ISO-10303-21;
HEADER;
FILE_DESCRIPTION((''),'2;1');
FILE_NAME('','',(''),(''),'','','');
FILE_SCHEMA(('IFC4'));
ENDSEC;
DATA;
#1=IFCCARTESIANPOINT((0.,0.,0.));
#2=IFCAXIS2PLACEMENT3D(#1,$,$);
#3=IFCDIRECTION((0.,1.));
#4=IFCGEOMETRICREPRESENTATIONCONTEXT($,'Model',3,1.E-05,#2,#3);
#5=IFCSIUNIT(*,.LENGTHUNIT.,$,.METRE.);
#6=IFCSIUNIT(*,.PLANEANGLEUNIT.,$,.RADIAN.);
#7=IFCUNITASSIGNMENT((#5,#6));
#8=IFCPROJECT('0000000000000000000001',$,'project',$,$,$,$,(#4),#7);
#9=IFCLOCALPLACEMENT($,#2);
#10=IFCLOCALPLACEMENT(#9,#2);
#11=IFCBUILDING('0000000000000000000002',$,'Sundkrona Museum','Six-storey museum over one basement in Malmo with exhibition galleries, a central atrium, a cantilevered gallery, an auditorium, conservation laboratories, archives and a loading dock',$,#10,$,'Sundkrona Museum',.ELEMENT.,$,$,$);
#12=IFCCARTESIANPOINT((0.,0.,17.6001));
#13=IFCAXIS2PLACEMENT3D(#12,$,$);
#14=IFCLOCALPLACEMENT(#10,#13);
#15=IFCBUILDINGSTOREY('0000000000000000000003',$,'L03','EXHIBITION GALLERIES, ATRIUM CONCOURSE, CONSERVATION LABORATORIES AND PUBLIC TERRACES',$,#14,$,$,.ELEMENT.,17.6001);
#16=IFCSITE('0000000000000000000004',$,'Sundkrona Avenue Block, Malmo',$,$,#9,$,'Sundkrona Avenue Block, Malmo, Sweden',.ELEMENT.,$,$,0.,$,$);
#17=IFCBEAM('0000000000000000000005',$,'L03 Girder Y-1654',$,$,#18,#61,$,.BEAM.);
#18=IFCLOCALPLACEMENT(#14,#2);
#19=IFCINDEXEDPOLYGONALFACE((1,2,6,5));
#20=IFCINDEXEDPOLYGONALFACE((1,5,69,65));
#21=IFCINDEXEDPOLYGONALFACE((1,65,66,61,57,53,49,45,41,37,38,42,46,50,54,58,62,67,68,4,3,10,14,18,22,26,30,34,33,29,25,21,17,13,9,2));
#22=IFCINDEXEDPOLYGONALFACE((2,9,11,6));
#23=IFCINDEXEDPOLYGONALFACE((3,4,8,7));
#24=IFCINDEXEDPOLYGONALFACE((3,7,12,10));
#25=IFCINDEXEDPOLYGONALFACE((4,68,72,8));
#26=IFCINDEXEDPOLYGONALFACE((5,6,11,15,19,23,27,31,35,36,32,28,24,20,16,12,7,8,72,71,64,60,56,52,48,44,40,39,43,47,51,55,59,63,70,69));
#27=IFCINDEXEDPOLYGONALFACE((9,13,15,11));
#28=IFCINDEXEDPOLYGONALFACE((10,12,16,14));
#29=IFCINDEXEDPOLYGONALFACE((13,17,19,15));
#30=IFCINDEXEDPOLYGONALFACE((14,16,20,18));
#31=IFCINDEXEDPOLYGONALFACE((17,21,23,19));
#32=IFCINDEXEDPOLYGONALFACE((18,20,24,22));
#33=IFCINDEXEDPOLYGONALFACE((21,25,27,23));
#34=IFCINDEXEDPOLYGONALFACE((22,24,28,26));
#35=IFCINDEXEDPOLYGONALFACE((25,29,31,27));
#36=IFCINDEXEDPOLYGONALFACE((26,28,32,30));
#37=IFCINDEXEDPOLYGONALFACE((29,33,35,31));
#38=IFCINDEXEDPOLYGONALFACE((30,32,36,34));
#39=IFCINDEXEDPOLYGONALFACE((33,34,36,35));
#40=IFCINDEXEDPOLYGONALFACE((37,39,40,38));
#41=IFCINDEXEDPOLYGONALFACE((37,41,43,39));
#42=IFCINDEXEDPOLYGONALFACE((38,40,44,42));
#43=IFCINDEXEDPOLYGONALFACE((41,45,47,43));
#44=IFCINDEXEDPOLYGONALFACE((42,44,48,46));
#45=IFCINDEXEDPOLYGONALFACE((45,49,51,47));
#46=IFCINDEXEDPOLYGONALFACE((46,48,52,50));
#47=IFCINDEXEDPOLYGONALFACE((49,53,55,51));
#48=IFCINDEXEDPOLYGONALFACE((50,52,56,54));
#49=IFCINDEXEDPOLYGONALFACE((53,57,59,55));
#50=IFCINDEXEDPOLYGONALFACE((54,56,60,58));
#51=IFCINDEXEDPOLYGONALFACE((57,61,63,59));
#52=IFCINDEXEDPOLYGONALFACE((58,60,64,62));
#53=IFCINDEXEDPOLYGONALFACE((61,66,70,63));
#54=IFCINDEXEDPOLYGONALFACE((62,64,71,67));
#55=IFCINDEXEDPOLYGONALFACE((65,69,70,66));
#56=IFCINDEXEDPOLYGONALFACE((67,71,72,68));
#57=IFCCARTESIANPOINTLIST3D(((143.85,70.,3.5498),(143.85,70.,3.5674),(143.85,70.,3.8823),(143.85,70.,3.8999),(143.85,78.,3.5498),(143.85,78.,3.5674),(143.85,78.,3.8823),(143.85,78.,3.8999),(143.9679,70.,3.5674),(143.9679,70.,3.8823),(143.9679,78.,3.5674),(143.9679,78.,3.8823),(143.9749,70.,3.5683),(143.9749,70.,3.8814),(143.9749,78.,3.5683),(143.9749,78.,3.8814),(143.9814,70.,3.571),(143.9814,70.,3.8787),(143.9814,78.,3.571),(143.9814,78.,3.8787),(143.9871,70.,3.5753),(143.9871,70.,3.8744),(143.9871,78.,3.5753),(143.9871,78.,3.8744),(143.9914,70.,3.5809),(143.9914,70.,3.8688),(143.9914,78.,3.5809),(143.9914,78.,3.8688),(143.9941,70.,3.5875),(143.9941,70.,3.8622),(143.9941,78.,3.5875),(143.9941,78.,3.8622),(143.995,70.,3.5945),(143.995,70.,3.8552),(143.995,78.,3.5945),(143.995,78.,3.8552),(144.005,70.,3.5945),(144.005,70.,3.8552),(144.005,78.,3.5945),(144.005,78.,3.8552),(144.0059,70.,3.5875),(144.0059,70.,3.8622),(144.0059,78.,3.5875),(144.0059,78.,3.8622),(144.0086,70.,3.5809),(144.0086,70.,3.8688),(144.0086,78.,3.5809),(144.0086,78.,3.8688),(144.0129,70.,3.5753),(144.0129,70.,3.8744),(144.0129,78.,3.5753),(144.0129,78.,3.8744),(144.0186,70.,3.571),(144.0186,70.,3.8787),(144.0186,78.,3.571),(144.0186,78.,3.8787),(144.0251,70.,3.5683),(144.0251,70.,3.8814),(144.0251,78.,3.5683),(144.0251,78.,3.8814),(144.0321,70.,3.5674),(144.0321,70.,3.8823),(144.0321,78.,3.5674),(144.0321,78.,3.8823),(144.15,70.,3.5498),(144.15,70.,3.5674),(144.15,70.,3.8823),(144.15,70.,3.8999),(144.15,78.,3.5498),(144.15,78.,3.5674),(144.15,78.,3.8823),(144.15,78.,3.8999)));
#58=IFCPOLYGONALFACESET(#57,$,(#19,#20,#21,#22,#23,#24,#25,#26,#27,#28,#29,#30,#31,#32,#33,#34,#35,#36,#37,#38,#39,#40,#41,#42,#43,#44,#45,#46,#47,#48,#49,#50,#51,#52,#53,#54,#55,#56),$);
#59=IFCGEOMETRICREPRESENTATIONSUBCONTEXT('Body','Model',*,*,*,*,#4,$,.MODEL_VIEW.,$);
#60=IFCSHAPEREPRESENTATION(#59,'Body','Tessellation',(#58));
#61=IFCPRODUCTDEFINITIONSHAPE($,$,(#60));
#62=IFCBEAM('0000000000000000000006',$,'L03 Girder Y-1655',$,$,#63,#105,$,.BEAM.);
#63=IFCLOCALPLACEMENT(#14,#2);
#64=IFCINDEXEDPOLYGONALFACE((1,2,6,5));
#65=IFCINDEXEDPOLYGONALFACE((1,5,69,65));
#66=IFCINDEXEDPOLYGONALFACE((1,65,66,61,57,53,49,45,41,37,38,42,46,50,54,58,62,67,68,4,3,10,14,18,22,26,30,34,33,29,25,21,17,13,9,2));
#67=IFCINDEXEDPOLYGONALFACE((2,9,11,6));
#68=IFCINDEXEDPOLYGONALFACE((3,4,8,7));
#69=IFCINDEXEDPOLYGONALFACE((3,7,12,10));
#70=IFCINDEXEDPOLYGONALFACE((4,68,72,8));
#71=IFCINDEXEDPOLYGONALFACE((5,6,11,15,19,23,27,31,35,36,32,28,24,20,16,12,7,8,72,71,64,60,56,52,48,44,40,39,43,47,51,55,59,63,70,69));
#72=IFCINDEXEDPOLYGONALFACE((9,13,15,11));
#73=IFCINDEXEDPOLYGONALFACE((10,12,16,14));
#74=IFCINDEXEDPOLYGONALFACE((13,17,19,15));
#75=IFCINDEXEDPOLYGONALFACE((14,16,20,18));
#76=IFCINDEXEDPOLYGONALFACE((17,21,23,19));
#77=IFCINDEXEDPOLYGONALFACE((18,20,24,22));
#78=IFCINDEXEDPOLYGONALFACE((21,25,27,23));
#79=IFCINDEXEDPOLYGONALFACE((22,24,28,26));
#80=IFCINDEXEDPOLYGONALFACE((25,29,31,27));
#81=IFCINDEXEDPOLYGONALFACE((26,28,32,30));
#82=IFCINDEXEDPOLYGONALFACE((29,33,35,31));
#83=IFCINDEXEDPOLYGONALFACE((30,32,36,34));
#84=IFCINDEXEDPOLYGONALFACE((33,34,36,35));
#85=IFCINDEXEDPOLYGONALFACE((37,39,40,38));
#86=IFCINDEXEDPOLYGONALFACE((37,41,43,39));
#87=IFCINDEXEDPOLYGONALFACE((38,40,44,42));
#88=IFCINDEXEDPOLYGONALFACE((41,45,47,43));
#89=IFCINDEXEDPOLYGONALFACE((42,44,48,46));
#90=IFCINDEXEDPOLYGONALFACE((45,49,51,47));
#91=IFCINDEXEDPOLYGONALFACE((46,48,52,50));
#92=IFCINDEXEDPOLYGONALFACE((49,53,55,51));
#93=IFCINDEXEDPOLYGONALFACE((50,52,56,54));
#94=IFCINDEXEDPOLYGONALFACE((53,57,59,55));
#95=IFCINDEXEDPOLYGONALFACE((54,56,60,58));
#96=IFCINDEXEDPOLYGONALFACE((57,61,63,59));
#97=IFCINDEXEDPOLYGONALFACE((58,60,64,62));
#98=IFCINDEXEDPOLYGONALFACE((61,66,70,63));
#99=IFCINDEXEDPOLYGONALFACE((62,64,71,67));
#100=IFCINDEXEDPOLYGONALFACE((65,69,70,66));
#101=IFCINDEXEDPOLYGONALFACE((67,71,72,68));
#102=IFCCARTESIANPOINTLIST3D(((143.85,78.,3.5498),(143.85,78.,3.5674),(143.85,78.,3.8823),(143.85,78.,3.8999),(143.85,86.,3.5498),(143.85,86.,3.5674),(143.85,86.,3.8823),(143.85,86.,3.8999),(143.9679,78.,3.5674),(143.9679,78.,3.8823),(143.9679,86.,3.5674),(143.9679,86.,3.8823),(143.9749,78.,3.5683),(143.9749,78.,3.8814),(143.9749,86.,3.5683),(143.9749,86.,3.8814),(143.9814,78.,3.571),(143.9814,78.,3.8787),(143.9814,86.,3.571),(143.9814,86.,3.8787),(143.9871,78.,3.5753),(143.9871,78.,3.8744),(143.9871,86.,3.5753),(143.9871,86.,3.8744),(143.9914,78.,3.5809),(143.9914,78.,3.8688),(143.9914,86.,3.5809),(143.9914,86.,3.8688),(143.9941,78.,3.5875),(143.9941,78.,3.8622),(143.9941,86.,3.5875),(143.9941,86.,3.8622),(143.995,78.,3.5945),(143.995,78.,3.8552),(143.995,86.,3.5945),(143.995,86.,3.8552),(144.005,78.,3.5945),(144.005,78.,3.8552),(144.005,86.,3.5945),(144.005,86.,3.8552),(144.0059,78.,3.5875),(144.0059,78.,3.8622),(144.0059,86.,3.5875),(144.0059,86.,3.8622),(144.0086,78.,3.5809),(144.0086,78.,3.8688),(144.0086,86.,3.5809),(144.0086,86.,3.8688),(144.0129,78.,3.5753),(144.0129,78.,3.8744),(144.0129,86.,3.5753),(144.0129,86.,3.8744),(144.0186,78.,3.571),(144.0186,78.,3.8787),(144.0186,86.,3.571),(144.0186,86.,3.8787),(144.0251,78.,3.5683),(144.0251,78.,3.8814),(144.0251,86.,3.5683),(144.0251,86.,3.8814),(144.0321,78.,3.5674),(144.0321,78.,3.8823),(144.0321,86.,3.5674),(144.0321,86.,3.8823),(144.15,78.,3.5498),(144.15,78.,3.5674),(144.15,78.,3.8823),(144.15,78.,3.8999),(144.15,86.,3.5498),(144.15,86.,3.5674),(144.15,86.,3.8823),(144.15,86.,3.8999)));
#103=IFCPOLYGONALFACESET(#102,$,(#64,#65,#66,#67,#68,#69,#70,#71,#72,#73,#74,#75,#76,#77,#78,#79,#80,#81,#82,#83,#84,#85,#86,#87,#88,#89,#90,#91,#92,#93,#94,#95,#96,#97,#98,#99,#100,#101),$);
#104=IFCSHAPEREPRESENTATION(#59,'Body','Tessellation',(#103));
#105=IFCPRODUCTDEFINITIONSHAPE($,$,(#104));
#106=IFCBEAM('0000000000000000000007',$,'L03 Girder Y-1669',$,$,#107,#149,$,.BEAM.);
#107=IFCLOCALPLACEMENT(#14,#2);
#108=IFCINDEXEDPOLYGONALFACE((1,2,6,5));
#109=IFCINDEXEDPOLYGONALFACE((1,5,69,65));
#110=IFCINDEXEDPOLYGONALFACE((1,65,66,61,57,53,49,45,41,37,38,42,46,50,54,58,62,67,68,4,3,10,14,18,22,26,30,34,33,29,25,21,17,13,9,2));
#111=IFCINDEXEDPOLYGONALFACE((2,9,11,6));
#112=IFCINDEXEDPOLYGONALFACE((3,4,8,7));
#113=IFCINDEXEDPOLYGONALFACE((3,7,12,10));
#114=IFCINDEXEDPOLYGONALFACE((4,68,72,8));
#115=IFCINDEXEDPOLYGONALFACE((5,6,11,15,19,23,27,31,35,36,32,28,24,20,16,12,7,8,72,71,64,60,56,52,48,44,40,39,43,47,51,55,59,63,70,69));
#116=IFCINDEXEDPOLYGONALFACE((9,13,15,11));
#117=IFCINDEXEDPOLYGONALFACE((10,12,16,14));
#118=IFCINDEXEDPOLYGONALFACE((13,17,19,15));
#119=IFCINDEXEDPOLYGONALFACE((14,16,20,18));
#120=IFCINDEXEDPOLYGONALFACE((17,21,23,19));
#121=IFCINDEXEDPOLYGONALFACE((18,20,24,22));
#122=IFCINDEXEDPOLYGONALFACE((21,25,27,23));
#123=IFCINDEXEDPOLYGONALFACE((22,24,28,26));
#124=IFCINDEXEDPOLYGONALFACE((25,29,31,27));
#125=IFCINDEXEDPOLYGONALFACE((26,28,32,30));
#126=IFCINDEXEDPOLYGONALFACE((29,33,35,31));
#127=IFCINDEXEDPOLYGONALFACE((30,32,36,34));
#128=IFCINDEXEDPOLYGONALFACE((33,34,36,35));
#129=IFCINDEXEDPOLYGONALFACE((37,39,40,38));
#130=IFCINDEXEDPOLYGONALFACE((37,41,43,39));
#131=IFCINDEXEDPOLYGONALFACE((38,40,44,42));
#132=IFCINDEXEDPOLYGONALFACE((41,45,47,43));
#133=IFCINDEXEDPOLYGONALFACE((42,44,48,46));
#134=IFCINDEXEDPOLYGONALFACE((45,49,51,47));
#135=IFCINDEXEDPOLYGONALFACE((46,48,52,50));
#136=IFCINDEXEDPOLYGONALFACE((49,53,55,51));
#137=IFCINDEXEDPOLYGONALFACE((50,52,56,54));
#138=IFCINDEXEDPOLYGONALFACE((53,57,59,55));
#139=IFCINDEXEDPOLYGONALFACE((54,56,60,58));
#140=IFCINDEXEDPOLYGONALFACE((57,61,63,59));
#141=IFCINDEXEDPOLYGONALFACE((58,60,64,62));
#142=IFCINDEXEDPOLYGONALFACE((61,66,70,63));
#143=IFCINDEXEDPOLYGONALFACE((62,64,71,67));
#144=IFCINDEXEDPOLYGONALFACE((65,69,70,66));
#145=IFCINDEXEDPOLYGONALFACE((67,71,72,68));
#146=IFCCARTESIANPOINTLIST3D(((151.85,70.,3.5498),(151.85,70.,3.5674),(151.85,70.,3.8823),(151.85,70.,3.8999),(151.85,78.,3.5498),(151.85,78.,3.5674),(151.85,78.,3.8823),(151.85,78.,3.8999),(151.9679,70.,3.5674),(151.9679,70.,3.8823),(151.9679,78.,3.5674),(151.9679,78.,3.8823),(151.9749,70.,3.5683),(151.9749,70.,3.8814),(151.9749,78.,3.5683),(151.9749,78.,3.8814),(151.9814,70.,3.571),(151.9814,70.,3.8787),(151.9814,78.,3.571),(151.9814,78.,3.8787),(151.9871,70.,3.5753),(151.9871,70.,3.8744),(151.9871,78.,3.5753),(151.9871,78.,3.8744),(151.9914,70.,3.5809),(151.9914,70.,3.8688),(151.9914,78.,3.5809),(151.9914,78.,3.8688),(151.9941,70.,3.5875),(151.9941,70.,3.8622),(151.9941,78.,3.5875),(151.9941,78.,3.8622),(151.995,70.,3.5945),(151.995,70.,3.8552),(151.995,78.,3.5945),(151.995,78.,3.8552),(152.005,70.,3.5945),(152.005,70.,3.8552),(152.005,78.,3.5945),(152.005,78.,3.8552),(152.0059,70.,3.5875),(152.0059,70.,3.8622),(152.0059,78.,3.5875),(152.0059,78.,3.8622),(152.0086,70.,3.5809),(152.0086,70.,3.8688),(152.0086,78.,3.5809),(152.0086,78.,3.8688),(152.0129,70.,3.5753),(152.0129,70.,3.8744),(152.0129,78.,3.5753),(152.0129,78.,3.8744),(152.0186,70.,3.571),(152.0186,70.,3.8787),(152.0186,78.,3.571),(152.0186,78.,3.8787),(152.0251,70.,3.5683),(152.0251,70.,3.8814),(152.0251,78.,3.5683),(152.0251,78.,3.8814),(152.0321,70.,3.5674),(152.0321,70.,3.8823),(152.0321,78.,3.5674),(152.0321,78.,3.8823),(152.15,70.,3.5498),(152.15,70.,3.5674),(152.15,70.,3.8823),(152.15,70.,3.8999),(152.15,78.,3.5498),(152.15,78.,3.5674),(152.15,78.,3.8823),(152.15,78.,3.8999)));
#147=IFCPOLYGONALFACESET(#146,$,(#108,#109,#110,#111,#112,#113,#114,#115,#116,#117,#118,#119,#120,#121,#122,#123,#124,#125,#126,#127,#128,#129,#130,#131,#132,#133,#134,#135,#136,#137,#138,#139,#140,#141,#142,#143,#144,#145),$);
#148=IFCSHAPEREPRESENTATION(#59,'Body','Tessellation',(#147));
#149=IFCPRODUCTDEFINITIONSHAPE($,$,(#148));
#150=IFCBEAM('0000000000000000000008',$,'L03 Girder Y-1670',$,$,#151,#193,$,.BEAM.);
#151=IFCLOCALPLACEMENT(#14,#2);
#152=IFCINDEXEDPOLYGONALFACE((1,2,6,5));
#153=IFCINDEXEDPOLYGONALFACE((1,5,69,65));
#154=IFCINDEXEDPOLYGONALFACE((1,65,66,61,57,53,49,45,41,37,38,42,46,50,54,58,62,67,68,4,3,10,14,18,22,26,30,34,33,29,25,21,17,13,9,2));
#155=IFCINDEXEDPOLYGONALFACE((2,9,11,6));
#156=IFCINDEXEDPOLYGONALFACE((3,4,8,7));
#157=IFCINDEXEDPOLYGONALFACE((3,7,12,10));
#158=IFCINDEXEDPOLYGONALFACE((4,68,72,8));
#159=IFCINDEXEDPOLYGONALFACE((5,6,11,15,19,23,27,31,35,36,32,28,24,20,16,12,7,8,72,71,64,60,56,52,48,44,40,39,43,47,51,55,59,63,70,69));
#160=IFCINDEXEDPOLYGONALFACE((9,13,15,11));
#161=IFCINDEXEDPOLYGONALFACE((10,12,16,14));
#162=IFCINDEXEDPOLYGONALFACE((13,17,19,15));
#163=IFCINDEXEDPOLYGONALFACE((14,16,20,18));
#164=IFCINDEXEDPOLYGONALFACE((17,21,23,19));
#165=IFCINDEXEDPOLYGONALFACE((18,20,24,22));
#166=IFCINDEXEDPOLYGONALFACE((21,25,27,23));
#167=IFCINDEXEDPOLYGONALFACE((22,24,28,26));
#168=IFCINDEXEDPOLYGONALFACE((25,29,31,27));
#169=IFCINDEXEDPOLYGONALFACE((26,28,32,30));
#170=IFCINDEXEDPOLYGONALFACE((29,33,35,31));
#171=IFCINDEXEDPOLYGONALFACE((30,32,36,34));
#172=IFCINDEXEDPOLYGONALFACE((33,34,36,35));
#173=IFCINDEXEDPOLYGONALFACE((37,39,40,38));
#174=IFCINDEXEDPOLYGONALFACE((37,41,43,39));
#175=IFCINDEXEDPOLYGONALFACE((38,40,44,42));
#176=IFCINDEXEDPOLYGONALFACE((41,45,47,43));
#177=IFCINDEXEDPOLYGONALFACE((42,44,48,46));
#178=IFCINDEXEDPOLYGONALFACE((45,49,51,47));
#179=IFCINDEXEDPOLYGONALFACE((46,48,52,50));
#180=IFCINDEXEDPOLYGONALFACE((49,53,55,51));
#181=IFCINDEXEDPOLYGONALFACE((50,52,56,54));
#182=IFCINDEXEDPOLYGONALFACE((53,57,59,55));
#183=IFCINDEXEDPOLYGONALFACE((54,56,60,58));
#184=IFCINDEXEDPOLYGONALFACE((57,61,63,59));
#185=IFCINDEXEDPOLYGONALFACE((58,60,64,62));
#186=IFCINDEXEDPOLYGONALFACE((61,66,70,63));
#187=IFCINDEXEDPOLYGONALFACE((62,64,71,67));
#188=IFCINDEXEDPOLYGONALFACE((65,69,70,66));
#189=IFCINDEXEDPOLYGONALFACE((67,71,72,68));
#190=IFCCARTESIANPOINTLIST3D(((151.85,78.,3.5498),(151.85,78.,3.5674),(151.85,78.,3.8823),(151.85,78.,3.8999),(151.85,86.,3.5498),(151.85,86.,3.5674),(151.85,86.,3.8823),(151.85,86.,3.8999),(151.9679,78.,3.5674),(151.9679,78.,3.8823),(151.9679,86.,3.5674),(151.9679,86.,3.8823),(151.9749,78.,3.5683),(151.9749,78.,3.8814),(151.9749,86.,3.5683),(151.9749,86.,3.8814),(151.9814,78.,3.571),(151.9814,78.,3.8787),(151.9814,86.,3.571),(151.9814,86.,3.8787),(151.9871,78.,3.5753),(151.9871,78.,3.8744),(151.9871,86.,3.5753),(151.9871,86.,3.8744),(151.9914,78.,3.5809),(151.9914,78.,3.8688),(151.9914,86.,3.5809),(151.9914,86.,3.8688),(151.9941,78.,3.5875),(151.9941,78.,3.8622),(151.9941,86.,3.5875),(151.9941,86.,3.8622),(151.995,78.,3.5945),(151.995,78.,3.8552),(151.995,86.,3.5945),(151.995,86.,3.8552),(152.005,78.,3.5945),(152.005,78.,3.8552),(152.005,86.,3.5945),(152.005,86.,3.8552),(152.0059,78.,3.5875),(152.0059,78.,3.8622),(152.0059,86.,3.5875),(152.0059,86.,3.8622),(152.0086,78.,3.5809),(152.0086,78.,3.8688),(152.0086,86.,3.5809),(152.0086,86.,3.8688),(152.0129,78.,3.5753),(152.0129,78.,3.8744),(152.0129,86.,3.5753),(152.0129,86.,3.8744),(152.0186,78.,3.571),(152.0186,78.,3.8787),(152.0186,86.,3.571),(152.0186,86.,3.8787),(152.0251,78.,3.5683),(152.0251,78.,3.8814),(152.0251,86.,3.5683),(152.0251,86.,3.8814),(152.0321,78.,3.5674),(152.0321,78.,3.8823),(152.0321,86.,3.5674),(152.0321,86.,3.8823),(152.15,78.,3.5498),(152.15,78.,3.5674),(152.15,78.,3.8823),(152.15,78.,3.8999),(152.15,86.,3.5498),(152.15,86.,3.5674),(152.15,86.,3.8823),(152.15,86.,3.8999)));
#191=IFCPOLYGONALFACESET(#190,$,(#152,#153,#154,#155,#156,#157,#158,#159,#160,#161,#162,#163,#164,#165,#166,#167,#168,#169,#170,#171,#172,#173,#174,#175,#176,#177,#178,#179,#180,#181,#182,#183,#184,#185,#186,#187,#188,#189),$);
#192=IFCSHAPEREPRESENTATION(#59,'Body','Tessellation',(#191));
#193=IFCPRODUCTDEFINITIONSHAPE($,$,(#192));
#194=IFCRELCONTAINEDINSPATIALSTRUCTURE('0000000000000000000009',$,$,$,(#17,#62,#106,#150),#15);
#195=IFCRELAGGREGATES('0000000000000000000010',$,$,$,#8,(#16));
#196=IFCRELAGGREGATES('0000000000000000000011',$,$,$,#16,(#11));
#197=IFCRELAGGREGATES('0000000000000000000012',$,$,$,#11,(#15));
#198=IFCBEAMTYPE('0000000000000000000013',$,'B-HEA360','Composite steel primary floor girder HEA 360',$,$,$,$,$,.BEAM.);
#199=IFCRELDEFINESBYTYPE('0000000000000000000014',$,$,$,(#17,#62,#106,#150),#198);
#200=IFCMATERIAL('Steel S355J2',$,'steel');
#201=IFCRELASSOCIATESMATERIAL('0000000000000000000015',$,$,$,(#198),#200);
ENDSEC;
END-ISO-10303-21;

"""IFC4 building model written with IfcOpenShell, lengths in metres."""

from ifc_helpers import new_model, si_unit, direction, frame, origin, origin_2d, place, context, subcontext, project, spatial, i_section, extrude, material, material_profile, profile_set, type_object, element, save


model = new_model("IFC4")

# Units and contexts
model_context = context("Model", 3, precision=1e-05, world=origin(), true_north=direction((0.0, 1.0)))
body_context = subcontext(model_context, "Body", "Model", "MODEL_VIEW")
ifc_project = project(units=[si_unit("LENGTHUNIT", "METRE"), si_unit("PLANEANGLEUNIT", "RADIAN")], contexts=[model_context])

# Site, building, storey
site_placement = place(None, origin())
site = spatial("IfcSite", under=ifc_project, at=site_placement, Name="Sundkrona Avenue Block, Malmo", LongName="Sundkrona Avenue Block, Malmo, Sweden", CompositionType="ELEMENT", RefElevation=0.0)
building_placement = place(site_placement, origin())
building = spatial("IfcBuilding", under=site, at=building_placement, Name="Sundkrona Museum", Description="Six-storey museum over one basement in Malmo with exhibition galleries, a central atrium, a cantilevered gallery, an auditorium, conservation laboratories, archives and a loading dock", LongName="Sundkrona Museum", CompositionType="ELEMENT")
storey_placement = place(building_placement, frame((0.0, 0.0, 17.6001)))
storey = spatial("IfcBuildingStorey", under=building, at=storey_placement, Name="L03", Description="EXHIBITION GALLERIES, ATRIUM CONCOURSE, CONSERVATION LABORATORIES AND PUBLIC TERRACES", CompositionType="ELEMENT", Elevation=17.6001)

# Shared definitions
ifc_material = material(Name="Steel S355J2", Category="steel")

# Beams
ifc_material_profile_1 = material_profile(ifc_material, i_section(OverallWidth=0.3, OverallDepth=0.3501, WebThickness=0.01, FlangeThickness=0.0176, FilletRadius=0.0271, at=origin_2d()), Name="HEA 360")
ifc_profile_set_1 = profile_set([ifc_material_profile_1], Name="Steel S355J2")
beam_type_1 = type_object("IfcBeamType", Name="B-HEA360", Description="Composite steel primary floor girder HEA 360", PredefinedType="BEAM", material=ifc_profile_set_1)
for number, where, z_axis, x_axis, name in (
    (1, (144.0, 70.0, 3.7249), (0.0, 1.0, 0.0), (-1.0, 0.0, 0.0), "L03 Girder Y-1654"),
    (2, (144.0, 78.0, 3.7249), (0.0, 1.0, 0.0), (-1.0, 0.0, 0.0), "L03 Girder Y-1655"),
    (3, (152.0, 70.0, 3.7249), (0.0, 1.0, 0.0), (-1.0, 0.0, 0.0), "L03 Girder Y-1669"),
    (4, (152.0, 78.0, 3.7249), (0.0, 1.0, 0.0), (-1.0, 0.0, 0.0), "L03 Girder Y-1670"),
):
    element("IfcBeam", number, at=place(storey_placement, frame(where, z_axis=z_axis, x_axis=x_axis)), inside=storey, type_object=beam_type_1, Name=name, PredefinedType="BEAM", context=body_context, shape_type="SweptSolid", body=[
        extrude(i_section(OverallWidth=0.3, OverallDepth=0.3501, WebThickness=0.01, FlangeThickness=0.0176, FilletRadius=0.0271, at=origin_2d()), origin(), (0.0, 0.0, 1.0), 8.0),
    ])

save(model, "model.ifc")
